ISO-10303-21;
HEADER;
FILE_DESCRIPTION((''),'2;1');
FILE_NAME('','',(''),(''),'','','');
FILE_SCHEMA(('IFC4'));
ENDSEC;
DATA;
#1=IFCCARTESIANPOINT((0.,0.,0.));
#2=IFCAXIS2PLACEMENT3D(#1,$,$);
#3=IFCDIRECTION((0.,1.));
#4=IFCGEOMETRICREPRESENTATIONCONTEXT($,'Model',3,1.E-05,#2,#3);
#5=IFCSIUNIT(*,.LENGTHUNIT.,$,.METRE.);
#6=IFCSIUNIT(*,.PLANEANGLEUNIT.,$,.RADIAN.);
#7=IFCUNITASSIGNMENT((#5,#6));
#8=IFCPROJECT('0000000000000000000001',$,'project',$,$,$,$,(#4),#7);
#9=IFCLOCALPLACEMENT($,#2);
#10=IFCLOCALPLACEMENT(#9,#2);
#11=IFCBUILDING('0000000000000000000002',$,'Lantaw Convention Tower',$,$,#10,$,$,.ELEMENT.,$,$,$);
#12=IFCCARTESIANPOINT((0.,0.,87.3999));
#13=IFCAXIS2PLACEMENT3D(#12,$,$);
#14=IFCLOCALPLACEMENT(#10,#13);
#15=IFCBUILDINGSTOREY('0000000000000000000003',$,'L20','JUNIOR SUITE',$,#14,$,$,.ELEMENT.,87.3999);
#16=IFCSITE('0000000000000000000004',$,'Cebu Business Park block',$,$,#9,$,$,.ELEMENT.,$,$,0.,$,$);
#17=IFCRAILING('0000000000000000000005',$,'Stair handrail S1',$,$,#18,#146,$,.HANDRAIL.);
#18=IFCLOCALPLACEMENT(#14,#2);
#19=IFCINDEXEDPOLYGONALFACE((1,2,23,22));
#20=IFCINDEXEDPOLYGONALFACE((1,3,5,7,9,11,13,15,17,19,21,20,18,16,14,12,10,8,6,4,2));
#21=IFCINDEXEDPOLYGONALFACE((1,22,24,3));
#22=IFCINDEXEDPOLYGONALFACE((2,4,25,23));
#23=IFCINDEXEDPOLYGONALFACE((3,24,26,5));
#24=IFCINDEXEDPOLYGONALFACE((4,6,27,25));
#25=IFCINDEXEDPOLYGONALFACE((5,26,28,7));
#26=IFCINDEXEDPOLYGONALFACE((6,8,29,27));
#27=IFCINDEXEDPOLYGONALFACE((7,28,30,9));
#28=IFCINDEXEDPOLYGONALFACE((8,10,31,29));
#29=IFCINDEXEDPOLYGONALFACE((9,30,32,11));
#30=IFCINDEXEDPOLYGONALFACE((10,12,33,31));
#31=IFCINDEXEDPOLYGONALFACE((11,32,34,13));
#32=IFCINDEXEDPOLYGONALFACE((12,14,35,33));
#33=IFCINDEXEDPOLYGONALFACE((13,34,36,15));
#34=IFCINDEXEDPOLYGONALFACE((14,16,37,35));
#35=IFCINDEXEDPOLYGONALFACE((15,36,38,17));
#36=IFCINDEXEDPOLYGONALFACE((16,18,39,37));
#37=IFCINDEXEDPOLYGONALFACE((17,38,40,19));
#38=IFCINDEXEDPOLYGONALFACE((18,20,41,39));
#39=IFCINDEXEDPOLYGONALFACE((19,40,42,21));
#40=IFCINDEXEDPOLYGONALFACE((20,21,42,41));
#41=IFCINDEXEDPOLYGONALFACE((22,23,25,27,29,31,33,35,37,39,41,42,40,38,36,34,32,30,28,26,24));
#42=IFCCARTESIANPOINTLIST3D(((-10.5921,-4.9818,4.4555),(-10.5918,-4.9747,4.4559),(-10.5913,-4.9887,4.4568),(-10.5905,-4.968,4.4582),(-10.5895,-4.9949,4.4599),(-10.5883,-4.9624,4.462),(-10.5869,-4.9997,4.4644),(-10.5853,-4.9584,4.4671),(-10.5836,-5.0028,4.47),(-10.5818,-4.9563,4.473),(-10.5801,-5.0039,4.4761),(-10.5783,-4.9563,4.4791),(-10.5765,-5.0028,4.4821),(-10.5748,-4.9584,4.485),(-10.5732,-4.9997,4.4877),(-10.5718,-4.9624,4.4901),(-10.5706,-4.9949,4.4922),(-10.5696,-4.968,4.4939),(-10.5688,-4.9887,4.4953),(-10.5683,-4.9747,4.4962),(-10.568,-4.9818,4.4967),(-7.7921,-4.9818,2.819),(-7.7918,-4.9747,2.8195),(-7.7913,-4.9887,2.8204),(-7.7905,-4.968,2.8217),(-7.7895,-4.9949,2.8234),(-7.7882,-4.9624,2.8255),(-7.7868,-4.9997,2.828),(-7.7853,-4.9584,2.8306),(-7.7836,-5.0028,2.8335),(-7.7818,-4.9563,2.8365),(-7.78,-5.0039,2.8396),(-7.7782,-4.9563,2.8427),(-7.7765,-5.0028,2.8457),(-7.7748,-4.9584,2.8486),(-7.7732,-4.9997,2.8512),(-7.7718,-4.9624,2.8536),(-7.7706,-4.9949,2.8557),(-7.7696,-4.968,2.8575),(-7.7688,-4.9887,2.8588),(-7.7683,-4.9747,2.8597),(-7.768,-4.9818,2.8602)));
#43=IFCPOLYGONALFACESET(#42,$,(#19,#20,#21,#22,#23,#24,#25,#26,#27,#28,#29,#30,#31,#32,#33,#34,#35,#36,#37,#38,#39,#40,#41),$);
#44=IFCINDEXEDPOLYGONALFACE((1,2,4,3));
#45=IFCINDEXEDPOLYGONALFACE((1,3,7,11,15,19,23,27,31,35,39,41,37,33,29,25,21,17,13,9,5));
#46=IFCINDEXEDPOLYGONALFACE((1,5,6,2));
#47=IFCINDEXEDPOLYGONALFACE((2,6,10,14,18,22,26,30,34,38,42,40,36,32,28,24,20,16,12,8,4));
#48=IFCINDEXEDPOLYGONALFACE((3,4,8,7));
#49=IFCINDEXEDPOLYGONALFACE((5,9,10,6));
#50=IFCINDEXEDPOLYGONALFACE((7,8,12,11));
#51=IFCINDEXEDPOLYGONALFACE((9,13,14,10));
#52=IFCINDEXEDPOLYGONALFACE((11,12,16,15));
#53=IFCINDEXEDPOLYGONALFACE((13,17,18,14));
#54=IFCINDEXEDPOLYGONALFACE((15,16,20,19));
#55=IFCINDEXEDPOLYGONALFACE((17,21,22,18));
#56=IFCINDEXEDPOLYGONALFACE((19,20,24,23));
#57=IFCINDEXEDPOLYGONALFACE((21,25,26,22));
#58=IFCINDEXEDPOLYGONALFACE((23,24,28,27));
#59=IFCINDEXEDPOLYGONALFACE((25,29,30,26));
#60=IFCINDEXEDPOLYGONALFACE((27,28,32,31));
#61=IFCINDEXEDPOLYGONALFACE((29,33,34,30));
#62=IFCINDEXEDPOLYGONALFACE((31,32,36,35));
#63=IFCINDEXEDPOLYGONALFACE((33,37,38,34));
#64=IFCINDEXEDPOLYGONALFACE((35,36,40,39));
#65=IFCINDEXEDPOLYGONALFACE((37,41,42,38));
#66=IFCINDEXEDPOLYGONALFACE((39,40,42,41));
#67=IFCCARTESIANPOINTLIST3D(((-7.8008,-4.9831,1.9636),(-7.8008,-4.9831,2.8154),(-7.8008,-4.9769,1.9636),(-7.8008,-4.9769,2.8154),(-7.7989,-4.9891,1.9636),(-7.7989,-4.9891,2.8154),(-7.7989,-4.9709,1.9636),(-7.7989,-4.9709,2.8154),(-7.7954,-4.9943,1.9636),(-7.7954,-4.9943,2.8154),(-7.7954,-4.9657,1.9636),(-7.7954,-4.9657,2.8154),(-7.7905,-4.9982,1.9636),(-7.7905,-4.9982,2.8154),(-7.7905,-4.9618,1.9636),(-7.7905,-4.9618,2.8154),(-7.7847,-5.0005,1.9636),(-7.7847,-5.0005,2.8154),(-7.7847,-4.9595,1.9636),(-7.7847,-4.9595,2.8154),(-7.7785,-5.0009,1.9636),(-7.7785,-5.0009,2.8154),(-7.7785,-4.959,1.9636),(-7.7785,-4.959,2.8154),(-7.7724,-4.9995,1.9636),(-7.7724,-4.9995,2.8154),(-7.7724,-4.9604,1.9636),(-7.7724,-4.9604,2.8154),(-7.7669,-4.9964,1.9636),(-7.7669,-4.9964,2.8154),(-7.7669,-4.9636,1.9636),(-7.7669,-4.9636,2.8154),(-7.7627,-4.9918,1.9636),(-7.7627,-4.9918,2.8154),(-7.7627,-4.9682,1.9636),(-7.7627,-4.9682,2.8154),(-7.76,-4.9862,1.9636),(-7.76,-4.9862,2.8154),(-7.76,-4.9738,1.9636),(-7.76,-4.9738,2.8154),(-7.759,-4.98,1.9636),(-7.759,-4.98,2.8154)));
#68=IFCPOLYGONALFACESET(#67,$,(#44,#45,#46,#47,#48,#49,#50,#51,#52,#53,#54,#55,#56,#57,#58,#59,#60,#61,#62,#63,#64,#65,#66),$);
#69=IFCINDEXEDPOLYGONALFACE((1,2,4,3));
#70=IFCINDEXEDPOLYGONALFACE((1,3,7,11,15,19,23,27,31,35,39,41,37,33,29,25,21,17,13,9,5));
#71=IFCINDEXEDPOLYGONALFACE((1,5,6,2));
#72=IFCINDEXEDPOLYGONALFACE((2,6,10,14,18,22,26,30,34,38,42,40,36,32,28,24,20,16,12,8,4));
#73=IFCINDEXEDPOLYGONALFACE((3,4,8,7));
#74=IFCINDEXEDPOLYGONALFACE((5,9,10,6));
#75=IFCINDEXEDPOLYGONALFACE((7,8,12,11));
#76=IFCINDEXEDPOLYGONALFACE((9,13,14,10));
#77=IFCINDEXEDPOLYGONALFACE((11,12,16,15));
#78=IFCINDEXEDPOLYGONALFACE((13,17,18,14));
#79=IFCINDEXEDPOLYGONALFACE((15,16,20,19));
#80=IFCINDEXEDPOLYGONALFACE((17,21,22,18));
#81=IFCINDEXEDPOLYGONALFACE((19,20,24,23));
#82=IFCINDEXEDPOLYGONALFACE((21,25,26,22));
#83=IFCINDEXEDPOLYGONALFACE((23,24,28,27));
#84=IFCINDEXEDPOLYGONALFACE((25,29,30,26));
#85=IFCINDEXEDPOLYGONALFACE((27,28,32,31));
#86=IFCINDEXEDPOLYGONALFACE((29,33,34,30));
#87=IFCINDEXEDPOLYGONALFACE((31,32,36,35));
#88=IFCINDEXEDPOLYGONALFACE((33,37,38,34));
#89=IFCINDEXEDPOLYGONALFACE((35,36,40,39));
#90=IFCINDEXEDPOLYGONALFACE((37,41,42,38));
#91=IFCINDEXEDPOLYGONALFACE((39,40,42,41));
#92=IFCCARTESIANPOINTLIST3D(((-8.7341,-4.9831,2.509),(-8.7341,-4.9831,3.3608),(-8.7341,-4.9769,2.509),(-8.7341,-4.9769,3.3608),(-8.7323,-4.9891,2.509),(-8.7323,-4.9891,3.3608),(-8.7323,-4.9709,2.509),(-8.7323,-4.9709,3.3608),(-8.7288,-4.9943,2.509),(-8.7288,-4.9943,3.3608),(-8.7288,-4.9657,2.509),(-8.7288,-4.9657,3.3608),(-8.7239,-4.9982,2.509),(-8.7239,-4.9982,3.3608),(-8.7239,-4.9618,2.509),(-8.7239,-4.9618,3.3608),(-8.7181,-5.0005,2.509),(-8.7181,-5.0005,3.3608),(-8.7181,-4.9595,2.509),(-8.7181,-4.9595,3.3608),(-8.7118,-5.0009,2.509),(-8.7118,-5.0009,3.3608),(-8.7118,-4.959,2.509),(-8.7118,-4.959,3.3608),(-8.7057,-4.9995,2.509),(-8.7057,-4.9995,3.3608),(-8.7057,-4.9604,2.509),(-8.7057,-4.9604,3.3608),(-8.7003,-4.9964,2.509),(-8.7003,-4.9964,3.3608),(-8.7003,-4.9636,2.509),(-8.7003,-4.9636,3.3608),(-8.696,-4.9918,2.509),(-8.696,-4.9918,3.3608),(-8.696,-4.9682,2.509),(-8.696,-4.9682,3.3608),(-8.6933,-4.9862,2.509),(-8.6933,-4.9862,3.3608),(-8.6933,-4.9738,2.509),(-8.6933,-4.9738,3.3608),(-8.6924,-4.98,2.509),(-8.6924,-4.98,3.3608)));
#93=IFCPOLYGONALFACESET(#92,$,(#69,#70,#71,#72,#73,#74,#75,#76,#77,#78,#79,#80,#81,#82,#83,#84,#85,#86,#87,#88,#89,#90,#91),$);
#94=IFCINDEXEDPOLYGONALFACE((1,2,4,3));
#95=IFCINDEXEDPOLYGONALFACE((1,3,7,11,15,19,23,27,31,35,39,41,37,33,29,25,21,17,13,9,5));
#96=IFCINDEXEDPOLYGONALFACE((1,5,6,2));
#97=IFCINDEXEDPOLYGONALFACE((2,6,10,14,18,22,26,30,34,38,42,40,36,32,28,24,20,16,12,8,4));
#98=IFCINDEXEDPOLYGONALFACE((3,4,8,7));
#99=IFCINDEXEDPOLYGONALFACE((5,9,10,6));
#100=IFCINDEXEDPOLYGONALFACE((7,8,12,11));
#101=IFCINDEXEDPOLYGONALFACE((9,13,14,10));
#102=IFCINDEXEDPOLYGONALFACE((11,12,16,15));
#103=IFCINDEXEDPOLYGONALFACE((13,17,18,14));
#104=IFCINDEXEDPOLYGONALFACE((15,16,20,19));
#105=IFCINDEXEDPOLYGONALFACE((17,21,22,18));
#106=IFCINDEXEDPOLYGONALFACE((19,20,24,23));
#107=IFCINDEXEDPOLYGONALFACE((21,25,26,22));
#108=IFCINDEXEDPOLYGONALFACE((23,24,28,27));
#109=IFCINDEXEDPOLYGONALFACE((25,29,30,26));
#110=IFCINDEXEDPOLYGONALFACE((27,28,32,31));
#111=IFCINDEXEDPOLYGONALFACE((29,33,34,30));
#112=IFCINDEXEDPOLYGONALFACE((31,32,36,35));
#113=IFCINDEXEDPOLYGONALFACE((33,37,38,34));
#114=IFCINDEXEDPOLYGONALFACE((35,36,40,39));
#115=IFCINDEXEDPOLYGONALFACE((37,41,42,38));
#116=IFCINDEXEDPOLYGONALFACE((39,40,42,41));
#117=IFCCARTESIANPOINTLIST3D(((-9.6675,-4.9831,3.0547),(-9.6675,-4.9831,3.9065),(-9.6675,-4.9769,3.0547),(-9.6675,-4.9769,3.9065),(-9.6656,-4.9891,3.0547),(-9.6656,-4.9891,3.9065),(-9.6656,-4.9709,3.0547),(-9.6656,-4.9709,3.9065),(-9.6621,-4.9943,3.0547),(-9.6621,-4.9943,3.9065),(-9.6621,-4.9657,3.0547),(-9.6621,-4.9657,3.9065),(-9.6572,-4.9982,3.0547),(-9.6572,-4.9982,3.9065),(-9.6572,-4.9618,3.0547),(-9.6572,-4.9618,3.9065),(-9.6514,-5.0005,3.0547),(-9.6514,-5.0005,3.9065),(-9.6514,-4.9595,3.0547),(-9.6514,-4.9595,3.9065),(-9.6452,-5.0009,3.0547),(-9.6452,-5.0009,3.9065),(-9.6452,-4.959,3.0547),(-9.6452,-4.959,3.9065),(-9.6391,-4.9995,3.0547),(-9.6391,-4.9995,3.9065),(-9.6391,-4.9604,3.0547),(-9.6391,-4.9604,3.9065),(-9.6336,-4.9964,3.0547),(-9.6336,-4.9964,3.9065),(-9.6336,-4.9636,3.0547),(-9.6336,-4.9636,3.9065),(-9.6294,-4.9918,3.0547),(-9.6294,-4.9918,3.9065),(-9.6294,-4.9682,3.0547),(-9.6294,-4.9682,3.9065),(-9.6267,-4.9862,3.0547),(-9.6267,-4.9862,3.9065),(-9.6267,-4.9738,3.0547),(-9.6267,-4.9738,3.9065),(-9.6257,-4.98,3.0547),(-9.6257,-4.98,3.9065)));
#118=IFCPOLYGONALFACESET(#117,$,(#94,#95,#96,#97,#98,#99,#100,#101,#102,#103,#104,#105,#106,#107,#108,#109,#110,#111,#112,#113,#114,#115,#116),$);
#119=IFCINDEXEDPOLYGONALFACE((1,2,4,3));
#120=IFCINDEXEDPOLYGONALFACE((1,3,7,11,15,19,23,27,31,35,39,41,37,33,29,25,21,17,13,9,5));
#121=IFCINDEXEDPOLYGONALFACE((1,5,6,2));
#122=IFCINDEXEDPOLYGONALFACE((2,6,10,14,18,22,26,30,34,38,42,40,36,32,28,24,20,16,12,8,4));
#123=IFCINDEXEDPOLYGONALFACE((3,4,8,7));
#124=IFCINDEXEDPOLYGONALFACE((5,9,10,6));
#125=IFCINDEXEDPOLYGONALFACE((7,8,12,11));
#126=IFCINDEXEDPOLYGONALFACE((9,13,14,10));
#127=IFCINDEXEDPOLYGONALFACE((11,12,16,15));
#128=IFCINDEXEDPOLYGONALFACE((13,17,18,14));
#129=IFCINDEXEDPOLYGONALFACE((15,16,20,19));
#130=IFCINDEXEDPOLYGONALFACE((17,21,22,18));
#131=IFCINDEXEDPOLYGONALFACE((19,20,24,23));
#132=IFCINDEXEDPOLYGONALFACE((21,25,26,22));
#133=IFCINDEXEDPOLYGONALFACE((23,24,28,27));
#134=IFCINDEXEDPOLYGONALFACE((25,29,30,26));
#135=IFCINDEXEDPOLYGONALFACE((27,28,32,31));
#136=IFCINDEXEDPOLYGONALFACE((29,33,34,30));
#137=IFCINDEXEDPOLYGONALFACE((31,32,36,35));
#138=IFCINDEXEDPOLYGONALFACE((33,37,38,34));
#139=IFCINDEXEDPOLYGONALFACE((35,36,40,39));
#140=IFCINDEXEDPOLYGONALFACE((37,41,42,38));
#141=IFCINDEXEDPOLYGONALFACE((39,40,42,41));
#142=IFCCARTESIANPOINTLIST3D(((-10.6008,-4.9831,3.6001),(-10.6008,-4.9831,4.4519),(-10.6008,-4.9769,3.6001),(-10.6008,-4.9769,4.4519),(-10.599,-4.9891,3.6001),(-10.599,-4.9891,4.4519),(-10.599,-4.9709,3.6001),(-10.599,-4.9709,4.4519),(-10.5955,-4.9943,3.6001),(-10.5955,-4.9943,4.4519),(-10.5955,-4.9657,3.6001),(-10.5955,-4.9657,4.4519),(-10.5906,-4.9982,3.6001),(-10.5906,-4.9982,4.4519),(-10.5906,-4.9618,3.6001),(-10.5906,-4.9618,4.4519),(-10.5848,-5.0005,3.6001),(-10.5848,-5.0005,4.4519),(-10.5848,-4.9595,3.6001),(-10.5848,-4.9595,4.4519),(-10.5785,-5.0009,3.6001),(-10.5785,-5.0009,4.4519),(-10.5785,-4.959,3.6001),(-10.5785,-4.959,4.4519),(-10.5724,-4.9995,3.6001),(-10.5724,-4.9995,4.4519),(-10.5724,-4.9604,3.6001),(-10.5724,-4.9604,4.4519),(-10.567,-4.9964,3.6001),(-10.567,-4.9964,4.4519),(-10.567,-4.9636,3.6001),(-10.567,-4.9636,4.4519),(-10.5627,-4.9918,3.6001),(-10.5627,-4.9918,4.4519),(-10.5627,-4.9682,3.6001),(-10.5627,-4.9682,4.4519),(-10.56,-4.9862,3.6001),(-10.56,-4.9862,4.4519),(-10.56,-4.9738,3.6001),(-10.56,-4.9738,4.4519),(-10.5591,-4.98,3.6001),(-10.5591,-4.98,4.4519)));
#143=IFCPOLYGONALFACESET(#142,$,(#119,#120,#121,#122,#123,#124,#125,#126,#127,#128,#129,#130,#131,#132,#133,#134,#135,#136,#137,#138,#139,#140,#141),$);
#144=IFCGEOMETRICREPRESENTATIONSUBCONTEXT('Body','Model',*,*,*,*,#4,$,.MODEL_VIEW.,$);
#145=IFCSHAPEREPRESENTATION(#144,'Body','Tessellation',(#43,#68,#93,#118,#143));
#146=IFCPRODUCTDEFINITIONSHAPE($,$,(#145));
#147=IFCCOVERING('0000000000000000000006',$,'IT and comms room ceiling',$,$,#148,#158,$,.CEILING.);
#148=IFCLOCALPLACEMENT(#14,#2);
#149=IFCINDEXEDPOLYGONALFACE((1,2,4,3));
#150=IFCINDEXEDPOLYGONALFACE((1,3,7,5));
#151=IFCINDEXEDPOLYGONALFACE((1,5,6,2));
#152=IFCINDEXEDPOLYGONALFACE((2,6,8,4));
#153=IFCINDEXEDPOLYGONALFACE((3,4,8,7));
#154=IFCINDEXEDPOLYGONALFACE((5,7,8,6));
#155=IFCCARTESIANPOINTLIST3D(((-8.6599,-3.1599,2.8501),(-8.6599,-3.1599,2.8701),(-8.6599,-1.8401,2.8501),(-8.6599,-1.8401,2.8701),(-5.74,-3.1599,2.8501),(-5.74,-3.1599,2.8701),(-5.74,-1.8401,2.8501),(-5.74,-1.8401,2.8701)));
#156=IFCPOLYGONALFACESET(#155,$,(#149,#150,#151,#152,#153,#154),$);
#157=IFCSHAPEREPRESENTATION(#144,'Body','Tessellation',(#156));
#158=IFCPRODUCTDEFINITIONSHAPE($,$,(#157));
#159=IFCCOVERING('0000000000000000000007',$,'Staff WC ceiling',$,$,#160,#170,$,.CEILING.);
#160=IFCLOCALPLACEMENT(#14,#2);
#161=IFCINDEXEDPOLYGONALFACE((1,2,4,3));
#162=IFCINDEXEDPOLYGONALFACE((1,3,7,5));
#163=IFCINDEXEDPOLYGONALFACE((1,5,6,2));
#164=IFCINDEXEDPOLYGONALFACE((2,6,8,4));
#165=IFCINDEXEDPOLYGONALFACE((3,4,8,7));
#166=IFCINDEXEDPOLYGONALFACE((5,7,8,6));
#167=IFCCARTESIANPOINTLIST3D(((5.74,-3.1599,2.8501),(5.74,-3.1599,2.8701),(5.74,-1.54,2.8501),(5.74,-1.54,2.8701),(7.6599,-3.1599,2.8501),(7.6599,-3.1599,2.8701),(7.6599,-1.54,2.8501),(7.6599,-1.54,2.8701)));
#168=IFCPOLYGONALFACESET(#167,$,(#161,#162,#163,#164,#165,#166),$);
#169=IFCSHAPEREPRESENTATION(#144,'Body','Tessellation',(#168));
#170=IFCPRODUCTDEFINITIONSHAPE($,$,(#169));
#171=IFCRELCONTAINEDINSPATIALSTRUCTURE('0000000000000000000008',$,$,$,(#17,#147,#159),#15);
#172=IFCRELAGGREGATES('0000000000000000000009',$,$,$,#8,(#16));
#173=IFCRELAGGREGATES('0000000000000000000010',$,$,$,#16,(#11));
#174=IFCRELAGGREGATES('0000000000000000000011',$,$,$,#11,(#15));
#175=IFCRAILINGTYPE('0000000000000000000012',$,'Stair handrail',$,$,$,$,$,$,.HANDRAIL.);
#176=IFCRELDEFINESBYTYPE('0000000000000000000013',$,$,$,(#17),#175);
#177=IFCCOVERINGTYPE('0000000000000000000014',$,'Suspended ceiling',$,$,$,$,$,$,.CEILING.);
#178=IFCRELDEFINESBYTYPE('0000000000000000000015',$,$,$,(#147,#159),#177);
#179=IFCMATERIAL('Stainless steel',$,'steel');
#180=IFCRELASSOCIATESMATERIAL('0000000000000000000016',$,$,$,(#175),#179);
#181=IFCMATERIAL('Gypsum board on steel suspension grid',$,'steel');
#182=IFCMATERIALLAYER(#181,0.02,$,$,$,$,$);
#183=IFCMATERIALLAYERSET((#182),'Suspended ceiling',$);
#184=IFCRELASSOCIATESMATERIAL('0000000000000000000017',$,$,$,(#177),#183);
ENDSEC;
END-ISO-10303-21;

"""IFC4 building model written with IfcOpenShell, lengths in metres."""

from ifc_helpers import new_model, si_unit, direction, frame, origin, origin_2d, place, context, subcontext, project, spatial, polyline, circle, outline, extrude, material, layer, layer_set, type_object, element, save


model = new_model("IFC4")

# Units and contexts
model_context = context("Model", 3, precision=1e-05, world=origin(), true_north=direction((0.0, 1.0)))
body_context = subcontext(model_context, "Body", "Model", "MODEL_VIEW")
ifc_project = project(units=[si_unit("LENGTHUNIT", "METRE"), si_unit("PLANEANGLEUNIT", "RADIAN")], contexts=[model_context])

# Site, building, storey
site_placement = place(None, origin())
site = spatial("IfcSite", under=ifc_project, at=site_placement, Name="Cebu Business Park block", CompositionType="ELEMENT", RefElevation=0.0)
building_placement = place(site_placement, origin())
building = spatial("IfcBuilding", under=site, at=building_placement, Name="Lantaw Convention Tower", CompositionType="ELEMENT")
storey_placement = place(building_placement, frame((0.0, 0.0, 87.3999)))
storey = spatial("IfcBuildingStorey", under=building, at=storey_placement, Name="L20", Description="JUNIOR SUITE", CompositionType="ELEMENT", Elevation=87.3999)

# Shared definitions
ifc_material_1 = material(Name="Stainless steel", Category="steel")

# Railing
railing_type = type_object("IfcRailingType", Name="Stair handrail", PredefinedType="HANDRAIL", material=ifc_material_1)
railing_1_placement = place(storey_placement, frame((-7.78, -4.98, 1.9636)))
element("IfcRailing", 1, at=railing_1_placement, inside=storey, type_object=railing_type, Name="Stair handrail S1", PredefinedType="HANDRAIL", context=body_context, shape_type="SweptSolid", body=[
    extrude(circle(Radius=0.0239, at=origin_2d()), frame((0.0, 0.0, 0.876), z_axis=(-0.863361, 0.0, 0.504587), x_axis=(0.0, -1.0, 0.0)), (0.0, 0.0, 1.0), 3.2432),
    extrude(circle(Radius=0.021, at=origin_2d()), origin(), (0.0, 0.0, 1.0), 0.8518),
    extrude(circle(Radius=0.021, at=origin_2d()), frame((-0.9333, 0.0, 0.5454)), (0.0, 0.0, 1.0), 0.8518),
    extrude(circle(Radius=0.021, at=origin_2d()), frame((-1.8667, 0.0, 1.0911)), (0.0, 0.0, 1.0), 0.8518),
    extrude(circle(Radius=0.021, at=origin_2d()), frame((-2.8, 0.0, 1.6365)), (0.0, 0.0, 1.0), 0.8518),
])

# Coverings
ifc_material_2 = material(Name="Gypsum board on steel suspension grid", Category="steel")
ifc_layer_1 = layer(ifc_material_2, 0.02)
ifc_layer_set_1 = layer_set([ifc_layer_1], Name="Suspended ceiling")
covering_type = type_object("IfcCoveringType", Name="Suspended ceiling", PredefinedType="CEILING", material=ifc_layer_set_1)
covering_1_placement = place(storey_placement, frame((0.0, 0.0, 2.8501)))
element("IfcCovering", 2, at=covering_1_placement, inside=storey, type_object=covering_type, Name="IT and comms room ceiling", PredefinedType="CEILING", context=body_context, shape_type="SweptSolid", body=[
    extrude(outline(polyline([(-8.6599, -3.1599), (-5.74, -3.1599), (-5.74, -1.8401), (-8.6599, -1.8401), (-8.6599, -3.1599)])), origin(), (0.0, 0.0, 1.0), 0.02),
])
covering_2_placement = place(storey_placement, frame((0.0, 0.0, 2.8501)))
element("IfcCovering", 3, at=covering_2_placement, inside=storey, type_object=covering_type, Name="Staff WC ceiling", PredefinedType="CEILING", context=body_context, shape_type="SweptSolid", body=[
    extrude(outline(polyline([(5.74, -3.1599), (7.6599, -3.1599), (7.6599, -1.54), (5.74, -1.54), (5.74, -3.1599)])), origin(), (0.0, 0.0, 1.0), 0.02),
])

save(model, "model.ifc")
